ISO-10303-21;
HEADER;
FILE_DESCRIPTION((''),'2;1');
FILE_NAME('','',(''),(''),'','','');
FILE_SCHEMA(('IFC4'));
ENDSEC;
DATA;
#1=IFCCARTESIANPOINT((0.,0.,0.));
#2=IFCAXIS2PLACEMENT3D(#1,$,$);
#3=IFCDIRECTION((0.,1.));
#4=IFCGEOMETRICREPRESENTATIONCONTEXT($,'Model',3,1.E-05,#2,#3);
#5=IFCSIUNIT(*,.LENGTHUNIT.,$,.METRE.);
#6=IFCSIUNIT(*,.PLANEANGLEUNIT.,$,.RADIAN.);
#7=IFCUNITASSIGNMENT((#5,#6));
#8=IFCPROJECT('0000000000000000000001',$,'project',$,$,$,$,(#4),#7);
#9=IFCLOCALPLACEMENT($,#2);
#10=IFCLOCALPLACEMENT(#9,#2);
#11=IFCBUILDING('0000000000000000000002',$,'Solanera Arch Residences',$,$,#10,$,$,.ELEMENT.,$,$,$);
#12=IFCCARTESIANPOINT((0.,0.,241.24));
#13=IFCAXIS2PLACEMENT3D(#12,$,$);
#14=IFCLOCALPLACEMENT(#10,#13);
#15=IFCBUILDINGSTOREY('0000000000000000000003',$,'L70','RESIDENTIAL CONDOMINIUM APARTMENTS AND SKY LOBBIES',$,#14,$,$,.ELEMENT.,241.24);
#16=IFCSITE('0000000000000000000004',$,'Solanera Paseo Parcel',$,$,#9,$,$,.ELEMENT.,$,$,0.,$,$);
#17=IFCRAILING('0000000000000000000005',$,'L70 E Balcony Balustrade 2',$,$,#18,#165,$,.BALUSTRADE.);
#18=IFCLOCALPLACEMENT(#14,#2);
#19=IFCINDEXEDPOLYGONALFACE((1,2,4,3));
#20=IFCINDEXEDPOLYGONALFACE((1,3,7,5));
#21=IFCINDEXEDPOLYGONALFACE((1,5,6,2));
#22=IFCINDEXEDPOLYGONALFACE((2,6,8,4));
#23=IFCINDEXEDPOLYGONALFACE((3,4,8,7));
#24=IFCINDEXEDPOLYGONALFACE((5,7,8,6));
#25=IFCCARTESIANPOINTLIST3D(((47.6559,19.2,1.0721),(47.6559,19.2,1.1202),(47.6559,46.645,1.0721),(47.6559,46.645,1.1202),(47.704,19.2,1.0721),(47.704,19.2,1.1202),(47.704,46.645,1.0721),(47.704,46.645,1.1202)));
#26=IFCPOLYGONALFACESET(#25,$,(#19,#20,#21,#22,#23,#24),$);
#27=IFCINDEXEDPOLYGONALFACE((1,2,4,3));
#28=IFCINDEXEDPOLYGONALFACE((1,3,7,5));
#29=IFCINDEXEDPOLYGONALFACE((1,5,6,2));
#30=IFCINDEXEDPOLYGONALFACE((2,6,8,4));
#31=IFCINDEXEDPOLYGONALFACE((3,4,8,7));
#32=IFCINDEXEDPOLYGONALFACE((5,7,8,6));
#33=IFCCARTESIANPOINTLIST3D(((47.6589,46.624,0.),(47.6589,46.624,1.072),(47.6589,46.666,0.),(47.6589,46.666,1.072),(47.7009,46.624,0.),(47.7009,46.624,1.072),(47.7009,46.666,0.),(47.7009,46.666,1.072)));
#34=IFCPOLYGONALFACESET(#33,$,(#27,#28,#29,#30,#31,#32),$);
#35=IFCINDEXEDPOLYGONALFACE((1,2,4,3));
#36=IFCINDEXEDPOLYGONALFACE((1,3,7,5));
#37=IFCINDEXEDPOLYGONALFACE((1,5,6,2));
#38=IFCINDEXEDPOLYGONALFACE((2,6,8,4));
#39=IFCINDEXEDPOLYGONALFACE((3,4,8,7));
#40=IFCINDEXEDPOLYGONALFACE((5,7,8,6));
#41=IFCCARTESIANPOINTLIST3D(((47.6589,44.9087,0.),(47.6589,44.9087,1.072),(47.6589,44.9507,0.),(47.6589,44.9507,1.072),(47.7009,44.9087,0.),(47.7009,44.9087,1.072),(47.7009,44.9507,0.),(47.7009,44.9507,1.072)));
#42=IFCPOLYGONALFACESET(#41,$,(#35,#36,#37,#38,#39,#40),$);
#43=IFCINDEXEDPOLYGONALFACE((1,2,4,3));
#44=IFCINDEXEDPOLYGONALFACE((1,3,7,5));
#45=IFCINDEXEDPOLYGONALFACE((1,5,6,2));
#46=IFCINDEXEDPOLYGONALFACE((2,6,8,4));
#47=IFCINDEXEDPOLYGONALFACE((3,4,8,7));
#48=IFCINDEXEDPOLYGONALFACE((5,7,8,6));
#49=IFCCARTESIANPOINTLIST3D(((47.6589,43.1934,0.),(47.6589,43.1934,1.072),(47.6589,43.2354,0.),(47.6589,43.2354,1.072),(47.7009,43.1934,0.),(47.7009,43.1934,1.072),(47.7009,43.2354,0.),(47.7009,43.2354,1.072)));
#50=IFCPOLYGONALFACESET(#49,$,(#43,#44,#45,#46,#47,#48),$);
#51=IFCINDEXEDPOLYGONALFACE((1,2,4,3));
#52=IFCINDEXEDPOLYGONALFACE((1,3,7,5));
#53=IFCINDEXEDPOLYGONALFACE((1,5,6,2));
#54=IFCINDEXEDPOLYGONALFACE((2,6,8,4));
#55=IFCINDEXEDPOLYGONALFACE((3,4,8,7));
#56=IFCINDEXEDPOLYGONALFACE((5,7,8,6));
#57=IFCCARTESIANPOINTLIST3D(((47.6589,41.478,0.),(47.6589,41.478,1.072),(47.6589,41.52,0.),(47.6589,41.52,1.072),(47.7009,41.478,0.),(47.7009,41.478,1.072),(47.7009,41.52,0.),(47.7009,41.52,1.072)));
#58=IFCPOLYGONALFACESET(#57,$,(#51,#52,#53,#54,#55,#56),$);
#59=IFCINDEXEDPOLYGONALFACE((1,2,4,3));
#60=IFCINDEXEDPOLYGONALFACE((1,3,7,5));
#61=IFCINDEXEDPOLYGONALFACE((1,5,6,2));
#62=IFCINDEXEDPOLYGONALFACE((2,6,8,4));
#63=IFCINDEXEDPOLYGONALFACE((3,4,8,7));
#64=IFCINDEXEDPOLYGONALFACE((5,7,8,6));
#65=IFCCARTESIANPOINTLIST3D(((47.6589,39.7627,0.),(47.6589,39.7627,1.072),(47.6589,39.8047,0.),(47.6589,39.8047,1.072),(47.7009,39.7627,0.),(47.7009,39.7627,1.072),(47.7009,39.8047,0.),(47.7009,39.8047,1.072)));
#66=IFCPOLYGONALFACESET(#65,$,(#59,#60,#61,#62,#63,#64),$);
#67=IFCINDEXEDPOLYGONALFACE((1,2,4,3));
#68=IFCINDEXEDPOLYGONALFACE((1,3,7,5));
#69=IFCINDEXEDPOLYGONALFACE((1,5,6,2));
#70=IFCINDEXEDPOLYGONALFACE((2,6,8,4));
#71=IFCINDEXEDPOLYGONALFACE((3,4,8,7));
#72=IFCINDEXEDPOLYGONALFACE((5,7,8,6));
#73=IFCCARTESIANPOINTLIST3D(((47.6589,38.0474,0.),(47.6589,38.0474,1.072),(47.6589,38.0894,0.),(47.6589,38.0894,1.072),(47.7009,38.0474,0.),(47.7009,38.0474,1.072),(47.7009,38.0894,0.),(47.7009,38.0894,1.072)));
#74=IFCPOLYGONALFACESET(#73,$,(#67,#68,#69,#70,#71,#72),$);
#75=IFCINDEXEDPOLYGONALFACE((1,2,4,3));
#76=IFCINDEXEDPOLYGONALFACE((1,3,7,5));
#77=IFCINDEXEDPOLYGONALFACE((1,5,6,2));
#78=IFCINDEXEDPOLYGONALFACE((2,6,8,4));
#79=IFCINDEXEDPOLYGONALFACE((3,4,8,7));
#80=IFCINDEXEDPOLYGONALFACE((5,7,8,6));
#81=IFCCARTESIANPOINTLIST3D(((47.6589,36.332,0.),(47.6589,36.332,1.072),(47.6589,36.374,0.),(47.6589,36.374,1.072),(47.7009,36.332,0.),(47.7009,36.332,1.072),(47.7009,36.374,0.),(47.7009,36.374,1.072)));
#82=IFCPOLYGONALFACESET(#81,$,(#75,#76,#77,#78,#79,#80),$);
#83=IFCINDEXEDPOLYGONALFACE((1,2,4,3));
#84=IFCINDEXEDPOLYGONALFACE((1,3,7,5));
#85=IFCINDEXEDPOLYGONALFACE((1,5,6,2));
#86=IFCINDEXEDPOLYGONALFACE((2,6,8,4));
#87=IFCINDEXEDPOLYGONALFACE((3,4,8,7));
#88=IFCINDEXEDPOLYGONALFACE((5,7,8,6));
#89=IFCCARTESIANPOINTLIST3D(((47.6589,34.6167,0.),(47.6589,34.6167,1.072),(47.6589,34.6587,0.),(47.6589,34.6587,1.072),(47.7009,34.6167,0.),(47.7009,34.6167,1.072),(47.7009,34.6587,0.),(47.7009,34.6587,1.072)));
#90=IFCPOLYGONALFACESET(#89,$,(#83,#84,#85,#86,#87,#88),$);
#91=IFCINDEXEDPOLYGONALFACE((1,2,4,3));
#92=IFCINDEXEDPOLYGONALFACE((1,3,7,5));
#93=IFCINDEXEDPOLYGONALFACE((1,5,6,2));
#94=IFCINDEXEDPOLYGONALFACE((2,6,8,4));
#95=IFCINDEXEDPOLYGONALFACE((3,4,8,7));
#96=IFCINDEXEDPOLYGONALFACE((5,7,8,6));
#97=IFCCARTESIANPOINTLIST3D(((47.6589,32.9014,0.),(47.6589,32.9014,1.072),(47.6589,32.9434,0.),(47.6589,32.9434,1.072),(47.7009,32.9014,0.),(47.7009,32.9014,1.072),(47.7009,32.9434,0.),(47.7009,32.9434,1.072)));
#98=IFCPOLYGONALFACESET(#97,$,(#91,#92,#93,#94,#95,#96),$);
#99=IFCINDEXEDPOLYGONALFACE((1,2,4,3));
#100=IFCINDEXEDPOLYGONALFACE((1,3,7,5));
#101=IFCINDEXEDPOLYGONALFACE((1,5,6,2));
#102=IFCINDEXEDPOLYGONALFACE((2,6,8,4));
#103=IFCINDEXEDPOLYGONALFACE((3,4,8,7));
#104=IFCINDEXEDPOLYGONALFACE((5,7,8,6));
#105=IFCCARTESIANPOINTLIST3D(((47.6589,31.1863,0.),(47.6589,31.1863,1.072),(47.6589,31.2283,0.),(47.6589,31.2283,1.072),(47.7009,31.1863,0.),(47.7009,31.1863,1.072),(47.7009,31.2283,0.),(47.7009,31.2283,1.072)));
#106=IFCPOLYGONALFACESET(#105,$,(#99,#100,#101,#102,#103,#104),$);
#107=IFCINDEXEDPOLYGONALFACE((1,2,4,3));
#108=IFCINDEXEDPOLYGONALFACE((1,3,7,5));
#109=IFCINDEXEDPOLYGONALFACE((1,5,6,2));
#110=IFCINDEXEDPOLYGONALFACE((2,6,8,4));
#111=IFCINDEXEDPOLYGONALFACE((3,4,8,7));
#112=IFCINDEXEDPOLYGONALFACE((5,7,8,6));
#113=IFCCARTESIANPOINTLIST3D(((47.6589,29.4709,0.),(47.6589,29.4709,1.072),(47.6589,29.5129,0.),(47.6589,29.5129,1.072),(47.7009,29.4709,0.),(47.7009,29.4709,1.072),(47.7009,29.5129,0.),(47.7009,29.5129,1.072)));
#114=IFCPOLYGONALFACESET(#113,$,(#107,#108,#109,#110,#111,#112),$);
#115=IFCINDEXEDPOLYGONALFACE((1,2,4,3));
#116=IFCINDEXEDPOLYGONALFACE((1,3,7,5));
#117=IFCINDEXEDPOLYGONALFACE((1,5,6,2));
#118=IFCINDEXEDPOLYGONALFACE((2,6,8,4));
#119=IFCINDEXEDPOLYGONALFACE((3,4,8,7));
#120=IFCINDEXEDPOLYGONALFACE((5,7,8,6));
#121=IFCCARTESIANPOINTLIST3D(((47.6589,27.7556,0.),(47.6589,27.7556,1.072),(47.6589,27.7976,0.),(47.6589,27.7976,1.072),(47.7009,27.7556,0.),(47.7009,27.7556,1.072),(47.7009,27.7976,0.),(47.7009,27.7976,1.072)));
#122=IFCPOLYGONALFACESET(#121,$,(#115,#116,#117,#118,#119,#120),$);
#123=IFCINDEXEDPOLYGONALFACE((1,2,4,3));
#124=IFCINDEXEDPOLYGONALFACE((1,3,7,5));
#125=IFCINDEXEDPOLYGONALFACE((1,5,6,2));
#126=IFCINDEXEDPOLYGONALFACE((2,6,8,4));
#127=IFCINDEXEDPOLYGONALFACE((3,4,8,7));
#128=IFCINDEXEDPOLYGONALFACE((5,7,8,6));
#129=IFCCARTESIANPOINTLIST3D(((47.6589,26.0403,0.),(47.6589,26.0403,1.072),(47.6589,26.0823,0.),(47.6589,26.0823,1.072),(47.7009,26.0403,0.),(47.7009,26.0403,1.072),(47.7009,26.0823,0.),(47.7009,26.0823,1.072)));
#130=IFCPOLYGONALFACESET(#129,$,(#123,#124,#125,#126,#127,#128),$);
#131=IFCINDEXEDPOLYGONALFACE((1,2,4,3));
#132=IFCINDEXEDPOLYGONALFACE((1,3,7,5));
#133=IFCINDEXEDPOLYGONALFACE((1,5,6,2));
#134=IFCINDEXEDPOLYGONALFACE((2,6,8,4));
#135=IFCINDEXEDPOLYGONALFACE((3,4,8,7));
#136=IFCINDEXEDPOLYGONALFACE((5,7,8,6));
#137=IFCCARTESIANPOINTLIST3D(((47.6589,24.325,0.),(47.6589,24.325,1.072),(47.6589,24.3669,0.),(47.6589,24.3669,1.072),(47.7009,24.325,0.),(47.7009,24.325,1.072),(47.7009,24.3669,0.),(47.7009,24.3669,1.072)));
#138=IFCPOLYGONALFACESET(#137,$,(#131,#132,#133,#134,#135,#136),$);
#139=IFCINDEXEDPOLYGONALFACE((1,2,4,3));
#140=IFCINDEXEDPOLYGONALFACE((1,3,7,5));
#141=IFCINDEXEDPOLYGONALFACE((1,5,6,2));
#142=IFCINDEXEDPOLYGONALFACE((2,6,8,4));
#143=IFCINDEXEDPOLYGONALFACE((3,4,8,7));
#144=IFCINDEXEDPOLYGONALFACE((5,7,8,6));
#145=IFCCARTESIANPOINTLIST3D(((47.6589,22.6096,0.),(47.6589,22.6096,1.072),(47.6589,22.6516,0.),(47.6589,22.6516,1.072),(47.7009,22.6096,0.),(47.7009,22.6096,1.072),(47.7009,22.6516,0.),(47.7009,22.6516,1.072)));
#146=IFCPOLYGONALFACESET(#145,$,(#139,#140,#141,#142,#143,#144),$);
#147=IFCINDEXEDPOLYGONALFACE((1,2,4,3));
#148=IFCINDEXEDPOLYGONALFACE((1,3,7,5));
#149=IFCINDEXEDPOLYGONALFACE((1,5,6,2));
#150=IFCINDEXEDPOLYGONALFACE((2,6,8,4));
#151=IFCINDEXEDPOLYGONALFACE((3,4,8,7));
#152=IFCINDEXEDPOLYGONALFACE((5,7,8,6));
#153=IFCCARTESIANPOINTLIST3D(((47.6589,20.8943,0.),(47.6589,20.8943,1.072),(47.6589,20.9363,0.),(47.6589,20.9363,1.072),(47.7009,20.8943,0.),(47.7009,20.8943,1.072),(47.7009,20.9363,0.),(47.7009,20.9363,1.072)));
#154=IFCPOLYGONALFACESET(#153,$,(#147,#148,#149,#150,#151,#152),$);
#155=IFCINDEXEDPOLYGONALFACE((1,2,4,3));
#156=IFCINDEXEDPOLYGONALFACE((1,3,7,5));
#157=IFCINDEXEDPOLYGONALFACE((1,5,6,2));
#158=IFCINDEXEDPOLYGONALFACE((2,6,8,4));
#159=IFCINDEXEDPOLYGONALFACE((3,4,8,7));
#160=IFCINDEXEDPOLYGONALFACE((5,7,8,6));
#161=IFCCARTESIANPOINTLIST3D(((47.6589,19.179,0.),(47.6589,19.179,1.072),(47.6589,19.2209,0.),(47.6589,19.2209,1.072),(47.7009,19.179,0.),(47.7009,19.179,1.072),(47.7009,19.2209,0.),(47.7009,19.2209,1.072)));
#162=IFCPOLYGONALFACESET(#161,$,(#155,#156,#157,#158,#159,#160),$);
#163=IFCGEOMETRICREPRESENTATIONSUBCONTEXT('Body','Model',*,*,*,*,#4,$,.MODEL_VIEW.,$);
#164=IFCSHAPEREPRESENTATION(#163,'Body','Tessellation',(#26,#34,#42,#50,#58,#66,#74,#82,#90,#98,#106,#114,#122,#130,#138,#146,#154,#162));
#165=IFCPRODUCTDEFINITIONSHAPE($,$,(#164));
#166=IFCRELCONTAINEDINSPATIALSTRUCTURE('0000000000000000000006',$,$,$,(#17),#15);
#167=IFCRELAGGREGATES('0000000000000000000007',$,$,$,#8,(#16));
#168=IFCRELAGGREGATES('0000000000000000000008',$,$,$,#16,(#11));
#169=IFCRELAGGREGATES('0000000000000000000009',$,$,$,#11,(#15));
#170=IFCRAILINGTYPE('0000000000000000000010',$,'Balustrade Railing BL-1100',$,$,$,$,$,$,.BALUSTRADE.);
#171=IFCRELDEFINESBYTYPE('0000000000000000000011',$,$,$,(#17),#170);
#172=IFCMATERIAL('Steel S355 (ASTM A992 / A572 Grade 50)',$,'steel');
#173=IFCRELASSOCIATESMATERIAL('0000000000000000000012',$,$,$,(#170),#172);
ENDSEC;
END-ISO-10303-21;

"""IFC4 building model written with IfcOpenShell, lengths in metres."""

from ifc_helpers import new_model, si_unit, direction, frame, origin, origin_2d, place, context, subcontext, project, spatial, rectangle, extrude, material, type_object, element, save


model = new_model("IFC4")

# Units and contexts
model_context = context("Model", 3, precision=1e-05, world=origin(), true_north=direction((0.0, 1.0)))
body_context = subcontext(model_context, "Body", "Model", "MODEL_VIEW")
ifc_project = project(units=[si_unit("LENGTHUNIT", "METRE"), si_unit("PLANEANGLEUNIT", "RADIAN")], contexts=[model_context])

# Site, building, storey
site_placement = place(None, origin())
site = spatial("IfcSite", under=ifc_project, at=site_placement, Name="Solanera Paseo Parcel", CompositionType="ELEMENT", RefElevation=0.0)
building_placement = place(site_placement, origin())
building = spatial("IfcBuilding", under=site, at=building_placement, Name="Solanera Arch Residences", CompositionType="ELEMENT")
storey_placement = place(building_placement, frame((0.0, 0.0, 241.24)))
storey = spatial("IfcBuildingStorey", under=building, at=storey_placement, Name="L70", Description="RESIDENTIAL CONDOMINIUM APARTMENTS AND SKY LOBBIES", CompositionType="ELEMENT", Elevation=241.24)

# Railing
ifc_material_1 = material(Name="Steel S355 (ASTM A992 / A572 Grade 50)", Category="steel")
railing_type = type_object("IfcRailingType", Name="Balustrade Railing BL-1100", PredefinedType="BALUSTRADE", material=ifc_material_1)
railing_1_placement = place(storey_placement, frame((47.6799, 46.645, 0.0)))
element("IfcRailing", 1, at=railing_1_placement, inside=storey, type_object=railing_type, Name="L70 E Balcony Balustrade 2", PredefinedType="BALUSTRADE", context=body_context, shape_type="SweptSolid", body=[
    extrude(rectangle(XDim=0.0481, YDim=0.0481, at=origin_2d()), frame((0.0, 0.0, 1.0962), z_axis=(0.0, -1.0, 0.0), x_axis=(1.0, 0.0, 0.0)), (0.0, 0.0, 1.0), 27.4451),
    extrude(rectangle(XDim=0.042, YDim=0.042, at=origin_2d()), origin(), (0.0, 0.0, 1.0), 1.072),
    extrude(rectangle(XDim=0.042, YDim=0.042, at=origin_2d()), frame((0.0, -1.7153, 0.0)), (0.0, 0.0, 1.0), 1.072),
    extrude(rectangle(XDim=0.042, YDim=0.042, at=origin_2d()), frame((0.0, -3.4307, 0.0)), (0.0, 0.0, 1.0), 1.072),
    extrude(rectangle(XDim=0.042, YDim=0.042, at=origin_2d()), frame((0.0, -5.146, 0.0)), (0.0, 0.0, 1.0), 1.072),
    extrude(rectangle(XDim=0.042, YDim=0.042, at=origin_2d()), frame((0.0, -6.8613, 0.0)), (0.0, 0.0, 1.0), 1.072),
    extrude(rectangle(XDim=0.042, YDim=0.042, at=origin_2d()), frame((0.0, -8.5767, 0.0)), (0.0, 0.0, 1.0), 1.072),
    extrude(rectangle(XDim=0.042, YDim=0.042, at=origin_2d()), frame((0.0, -10.292, 0.0)), (0.0, 0.0, 1.0), 1.072),
    extrude(rectangle(XDim=0.042, YDim=0.042, at=origin_2d()), frame((0.0, -12.0073, 0.0)), (0.0, 0.0, 1.0), 1.072),
    extrude(rectangle(XDim=0.042, YDim=0.042, at=origin_2d()), frame((0.0, -13.7227, 0.0)), (0.0, 0.0, 1.0), 1.072),
    extrude(rectangle(XDim=0.042, YDim=0.042, at=origin_2d()), frame((0.0, -15.4377, 0.0)), (0.0, 0.0, 1.0), 1.072),
    extrude(rectangle(XDim=0.042, YDim=0.042, at=origin_2d()), frame((0.0, -17.1531, 0.0)), (0.0, 0.0, 1.0), 1.072),
    extrude(rectangle(XDim=0.042, YDim=0.042, at=origin_2d()), frame((0.0, -18.8684, 0.0)), (0.0, 0.0, 1.0), 1.072),
    extrude(rectangle(XDim=0.042, YDim=0.042, at=origin_2d()), frame((0.0, -20.5837, 0.0)), (0.0, 0.0, 1.0), 1.072),
    extrude(rectangle(XDim=0.042, YDim=0.042, at=origin_2d()), frame((0.0, -22.2991, 0.0)), (0.0, 0.0, 1.0), 1.072),
    extrude(rectangle(XDim=0.042, YDim=0.042, at=origin_2d()), frame((0.0, -24.0144, 0.0)), (0.0, 0.0, 1.0), 1.072),
    extrude(rectangle(XDim=0.042, YDim=0.042, at=origin_2d()), frame((0.0, -25.7297, 0.0)), (0.0, 0.0, 1.0), 1.072),
    extrude(rectangle(XDim=0.042, YDim=0.042, at=origin_2d()), frame((0.0, -27.4451, 0.0)), (0.0, 0.0, 1.0), 1.072),
])

save(model, "model.ifc")
